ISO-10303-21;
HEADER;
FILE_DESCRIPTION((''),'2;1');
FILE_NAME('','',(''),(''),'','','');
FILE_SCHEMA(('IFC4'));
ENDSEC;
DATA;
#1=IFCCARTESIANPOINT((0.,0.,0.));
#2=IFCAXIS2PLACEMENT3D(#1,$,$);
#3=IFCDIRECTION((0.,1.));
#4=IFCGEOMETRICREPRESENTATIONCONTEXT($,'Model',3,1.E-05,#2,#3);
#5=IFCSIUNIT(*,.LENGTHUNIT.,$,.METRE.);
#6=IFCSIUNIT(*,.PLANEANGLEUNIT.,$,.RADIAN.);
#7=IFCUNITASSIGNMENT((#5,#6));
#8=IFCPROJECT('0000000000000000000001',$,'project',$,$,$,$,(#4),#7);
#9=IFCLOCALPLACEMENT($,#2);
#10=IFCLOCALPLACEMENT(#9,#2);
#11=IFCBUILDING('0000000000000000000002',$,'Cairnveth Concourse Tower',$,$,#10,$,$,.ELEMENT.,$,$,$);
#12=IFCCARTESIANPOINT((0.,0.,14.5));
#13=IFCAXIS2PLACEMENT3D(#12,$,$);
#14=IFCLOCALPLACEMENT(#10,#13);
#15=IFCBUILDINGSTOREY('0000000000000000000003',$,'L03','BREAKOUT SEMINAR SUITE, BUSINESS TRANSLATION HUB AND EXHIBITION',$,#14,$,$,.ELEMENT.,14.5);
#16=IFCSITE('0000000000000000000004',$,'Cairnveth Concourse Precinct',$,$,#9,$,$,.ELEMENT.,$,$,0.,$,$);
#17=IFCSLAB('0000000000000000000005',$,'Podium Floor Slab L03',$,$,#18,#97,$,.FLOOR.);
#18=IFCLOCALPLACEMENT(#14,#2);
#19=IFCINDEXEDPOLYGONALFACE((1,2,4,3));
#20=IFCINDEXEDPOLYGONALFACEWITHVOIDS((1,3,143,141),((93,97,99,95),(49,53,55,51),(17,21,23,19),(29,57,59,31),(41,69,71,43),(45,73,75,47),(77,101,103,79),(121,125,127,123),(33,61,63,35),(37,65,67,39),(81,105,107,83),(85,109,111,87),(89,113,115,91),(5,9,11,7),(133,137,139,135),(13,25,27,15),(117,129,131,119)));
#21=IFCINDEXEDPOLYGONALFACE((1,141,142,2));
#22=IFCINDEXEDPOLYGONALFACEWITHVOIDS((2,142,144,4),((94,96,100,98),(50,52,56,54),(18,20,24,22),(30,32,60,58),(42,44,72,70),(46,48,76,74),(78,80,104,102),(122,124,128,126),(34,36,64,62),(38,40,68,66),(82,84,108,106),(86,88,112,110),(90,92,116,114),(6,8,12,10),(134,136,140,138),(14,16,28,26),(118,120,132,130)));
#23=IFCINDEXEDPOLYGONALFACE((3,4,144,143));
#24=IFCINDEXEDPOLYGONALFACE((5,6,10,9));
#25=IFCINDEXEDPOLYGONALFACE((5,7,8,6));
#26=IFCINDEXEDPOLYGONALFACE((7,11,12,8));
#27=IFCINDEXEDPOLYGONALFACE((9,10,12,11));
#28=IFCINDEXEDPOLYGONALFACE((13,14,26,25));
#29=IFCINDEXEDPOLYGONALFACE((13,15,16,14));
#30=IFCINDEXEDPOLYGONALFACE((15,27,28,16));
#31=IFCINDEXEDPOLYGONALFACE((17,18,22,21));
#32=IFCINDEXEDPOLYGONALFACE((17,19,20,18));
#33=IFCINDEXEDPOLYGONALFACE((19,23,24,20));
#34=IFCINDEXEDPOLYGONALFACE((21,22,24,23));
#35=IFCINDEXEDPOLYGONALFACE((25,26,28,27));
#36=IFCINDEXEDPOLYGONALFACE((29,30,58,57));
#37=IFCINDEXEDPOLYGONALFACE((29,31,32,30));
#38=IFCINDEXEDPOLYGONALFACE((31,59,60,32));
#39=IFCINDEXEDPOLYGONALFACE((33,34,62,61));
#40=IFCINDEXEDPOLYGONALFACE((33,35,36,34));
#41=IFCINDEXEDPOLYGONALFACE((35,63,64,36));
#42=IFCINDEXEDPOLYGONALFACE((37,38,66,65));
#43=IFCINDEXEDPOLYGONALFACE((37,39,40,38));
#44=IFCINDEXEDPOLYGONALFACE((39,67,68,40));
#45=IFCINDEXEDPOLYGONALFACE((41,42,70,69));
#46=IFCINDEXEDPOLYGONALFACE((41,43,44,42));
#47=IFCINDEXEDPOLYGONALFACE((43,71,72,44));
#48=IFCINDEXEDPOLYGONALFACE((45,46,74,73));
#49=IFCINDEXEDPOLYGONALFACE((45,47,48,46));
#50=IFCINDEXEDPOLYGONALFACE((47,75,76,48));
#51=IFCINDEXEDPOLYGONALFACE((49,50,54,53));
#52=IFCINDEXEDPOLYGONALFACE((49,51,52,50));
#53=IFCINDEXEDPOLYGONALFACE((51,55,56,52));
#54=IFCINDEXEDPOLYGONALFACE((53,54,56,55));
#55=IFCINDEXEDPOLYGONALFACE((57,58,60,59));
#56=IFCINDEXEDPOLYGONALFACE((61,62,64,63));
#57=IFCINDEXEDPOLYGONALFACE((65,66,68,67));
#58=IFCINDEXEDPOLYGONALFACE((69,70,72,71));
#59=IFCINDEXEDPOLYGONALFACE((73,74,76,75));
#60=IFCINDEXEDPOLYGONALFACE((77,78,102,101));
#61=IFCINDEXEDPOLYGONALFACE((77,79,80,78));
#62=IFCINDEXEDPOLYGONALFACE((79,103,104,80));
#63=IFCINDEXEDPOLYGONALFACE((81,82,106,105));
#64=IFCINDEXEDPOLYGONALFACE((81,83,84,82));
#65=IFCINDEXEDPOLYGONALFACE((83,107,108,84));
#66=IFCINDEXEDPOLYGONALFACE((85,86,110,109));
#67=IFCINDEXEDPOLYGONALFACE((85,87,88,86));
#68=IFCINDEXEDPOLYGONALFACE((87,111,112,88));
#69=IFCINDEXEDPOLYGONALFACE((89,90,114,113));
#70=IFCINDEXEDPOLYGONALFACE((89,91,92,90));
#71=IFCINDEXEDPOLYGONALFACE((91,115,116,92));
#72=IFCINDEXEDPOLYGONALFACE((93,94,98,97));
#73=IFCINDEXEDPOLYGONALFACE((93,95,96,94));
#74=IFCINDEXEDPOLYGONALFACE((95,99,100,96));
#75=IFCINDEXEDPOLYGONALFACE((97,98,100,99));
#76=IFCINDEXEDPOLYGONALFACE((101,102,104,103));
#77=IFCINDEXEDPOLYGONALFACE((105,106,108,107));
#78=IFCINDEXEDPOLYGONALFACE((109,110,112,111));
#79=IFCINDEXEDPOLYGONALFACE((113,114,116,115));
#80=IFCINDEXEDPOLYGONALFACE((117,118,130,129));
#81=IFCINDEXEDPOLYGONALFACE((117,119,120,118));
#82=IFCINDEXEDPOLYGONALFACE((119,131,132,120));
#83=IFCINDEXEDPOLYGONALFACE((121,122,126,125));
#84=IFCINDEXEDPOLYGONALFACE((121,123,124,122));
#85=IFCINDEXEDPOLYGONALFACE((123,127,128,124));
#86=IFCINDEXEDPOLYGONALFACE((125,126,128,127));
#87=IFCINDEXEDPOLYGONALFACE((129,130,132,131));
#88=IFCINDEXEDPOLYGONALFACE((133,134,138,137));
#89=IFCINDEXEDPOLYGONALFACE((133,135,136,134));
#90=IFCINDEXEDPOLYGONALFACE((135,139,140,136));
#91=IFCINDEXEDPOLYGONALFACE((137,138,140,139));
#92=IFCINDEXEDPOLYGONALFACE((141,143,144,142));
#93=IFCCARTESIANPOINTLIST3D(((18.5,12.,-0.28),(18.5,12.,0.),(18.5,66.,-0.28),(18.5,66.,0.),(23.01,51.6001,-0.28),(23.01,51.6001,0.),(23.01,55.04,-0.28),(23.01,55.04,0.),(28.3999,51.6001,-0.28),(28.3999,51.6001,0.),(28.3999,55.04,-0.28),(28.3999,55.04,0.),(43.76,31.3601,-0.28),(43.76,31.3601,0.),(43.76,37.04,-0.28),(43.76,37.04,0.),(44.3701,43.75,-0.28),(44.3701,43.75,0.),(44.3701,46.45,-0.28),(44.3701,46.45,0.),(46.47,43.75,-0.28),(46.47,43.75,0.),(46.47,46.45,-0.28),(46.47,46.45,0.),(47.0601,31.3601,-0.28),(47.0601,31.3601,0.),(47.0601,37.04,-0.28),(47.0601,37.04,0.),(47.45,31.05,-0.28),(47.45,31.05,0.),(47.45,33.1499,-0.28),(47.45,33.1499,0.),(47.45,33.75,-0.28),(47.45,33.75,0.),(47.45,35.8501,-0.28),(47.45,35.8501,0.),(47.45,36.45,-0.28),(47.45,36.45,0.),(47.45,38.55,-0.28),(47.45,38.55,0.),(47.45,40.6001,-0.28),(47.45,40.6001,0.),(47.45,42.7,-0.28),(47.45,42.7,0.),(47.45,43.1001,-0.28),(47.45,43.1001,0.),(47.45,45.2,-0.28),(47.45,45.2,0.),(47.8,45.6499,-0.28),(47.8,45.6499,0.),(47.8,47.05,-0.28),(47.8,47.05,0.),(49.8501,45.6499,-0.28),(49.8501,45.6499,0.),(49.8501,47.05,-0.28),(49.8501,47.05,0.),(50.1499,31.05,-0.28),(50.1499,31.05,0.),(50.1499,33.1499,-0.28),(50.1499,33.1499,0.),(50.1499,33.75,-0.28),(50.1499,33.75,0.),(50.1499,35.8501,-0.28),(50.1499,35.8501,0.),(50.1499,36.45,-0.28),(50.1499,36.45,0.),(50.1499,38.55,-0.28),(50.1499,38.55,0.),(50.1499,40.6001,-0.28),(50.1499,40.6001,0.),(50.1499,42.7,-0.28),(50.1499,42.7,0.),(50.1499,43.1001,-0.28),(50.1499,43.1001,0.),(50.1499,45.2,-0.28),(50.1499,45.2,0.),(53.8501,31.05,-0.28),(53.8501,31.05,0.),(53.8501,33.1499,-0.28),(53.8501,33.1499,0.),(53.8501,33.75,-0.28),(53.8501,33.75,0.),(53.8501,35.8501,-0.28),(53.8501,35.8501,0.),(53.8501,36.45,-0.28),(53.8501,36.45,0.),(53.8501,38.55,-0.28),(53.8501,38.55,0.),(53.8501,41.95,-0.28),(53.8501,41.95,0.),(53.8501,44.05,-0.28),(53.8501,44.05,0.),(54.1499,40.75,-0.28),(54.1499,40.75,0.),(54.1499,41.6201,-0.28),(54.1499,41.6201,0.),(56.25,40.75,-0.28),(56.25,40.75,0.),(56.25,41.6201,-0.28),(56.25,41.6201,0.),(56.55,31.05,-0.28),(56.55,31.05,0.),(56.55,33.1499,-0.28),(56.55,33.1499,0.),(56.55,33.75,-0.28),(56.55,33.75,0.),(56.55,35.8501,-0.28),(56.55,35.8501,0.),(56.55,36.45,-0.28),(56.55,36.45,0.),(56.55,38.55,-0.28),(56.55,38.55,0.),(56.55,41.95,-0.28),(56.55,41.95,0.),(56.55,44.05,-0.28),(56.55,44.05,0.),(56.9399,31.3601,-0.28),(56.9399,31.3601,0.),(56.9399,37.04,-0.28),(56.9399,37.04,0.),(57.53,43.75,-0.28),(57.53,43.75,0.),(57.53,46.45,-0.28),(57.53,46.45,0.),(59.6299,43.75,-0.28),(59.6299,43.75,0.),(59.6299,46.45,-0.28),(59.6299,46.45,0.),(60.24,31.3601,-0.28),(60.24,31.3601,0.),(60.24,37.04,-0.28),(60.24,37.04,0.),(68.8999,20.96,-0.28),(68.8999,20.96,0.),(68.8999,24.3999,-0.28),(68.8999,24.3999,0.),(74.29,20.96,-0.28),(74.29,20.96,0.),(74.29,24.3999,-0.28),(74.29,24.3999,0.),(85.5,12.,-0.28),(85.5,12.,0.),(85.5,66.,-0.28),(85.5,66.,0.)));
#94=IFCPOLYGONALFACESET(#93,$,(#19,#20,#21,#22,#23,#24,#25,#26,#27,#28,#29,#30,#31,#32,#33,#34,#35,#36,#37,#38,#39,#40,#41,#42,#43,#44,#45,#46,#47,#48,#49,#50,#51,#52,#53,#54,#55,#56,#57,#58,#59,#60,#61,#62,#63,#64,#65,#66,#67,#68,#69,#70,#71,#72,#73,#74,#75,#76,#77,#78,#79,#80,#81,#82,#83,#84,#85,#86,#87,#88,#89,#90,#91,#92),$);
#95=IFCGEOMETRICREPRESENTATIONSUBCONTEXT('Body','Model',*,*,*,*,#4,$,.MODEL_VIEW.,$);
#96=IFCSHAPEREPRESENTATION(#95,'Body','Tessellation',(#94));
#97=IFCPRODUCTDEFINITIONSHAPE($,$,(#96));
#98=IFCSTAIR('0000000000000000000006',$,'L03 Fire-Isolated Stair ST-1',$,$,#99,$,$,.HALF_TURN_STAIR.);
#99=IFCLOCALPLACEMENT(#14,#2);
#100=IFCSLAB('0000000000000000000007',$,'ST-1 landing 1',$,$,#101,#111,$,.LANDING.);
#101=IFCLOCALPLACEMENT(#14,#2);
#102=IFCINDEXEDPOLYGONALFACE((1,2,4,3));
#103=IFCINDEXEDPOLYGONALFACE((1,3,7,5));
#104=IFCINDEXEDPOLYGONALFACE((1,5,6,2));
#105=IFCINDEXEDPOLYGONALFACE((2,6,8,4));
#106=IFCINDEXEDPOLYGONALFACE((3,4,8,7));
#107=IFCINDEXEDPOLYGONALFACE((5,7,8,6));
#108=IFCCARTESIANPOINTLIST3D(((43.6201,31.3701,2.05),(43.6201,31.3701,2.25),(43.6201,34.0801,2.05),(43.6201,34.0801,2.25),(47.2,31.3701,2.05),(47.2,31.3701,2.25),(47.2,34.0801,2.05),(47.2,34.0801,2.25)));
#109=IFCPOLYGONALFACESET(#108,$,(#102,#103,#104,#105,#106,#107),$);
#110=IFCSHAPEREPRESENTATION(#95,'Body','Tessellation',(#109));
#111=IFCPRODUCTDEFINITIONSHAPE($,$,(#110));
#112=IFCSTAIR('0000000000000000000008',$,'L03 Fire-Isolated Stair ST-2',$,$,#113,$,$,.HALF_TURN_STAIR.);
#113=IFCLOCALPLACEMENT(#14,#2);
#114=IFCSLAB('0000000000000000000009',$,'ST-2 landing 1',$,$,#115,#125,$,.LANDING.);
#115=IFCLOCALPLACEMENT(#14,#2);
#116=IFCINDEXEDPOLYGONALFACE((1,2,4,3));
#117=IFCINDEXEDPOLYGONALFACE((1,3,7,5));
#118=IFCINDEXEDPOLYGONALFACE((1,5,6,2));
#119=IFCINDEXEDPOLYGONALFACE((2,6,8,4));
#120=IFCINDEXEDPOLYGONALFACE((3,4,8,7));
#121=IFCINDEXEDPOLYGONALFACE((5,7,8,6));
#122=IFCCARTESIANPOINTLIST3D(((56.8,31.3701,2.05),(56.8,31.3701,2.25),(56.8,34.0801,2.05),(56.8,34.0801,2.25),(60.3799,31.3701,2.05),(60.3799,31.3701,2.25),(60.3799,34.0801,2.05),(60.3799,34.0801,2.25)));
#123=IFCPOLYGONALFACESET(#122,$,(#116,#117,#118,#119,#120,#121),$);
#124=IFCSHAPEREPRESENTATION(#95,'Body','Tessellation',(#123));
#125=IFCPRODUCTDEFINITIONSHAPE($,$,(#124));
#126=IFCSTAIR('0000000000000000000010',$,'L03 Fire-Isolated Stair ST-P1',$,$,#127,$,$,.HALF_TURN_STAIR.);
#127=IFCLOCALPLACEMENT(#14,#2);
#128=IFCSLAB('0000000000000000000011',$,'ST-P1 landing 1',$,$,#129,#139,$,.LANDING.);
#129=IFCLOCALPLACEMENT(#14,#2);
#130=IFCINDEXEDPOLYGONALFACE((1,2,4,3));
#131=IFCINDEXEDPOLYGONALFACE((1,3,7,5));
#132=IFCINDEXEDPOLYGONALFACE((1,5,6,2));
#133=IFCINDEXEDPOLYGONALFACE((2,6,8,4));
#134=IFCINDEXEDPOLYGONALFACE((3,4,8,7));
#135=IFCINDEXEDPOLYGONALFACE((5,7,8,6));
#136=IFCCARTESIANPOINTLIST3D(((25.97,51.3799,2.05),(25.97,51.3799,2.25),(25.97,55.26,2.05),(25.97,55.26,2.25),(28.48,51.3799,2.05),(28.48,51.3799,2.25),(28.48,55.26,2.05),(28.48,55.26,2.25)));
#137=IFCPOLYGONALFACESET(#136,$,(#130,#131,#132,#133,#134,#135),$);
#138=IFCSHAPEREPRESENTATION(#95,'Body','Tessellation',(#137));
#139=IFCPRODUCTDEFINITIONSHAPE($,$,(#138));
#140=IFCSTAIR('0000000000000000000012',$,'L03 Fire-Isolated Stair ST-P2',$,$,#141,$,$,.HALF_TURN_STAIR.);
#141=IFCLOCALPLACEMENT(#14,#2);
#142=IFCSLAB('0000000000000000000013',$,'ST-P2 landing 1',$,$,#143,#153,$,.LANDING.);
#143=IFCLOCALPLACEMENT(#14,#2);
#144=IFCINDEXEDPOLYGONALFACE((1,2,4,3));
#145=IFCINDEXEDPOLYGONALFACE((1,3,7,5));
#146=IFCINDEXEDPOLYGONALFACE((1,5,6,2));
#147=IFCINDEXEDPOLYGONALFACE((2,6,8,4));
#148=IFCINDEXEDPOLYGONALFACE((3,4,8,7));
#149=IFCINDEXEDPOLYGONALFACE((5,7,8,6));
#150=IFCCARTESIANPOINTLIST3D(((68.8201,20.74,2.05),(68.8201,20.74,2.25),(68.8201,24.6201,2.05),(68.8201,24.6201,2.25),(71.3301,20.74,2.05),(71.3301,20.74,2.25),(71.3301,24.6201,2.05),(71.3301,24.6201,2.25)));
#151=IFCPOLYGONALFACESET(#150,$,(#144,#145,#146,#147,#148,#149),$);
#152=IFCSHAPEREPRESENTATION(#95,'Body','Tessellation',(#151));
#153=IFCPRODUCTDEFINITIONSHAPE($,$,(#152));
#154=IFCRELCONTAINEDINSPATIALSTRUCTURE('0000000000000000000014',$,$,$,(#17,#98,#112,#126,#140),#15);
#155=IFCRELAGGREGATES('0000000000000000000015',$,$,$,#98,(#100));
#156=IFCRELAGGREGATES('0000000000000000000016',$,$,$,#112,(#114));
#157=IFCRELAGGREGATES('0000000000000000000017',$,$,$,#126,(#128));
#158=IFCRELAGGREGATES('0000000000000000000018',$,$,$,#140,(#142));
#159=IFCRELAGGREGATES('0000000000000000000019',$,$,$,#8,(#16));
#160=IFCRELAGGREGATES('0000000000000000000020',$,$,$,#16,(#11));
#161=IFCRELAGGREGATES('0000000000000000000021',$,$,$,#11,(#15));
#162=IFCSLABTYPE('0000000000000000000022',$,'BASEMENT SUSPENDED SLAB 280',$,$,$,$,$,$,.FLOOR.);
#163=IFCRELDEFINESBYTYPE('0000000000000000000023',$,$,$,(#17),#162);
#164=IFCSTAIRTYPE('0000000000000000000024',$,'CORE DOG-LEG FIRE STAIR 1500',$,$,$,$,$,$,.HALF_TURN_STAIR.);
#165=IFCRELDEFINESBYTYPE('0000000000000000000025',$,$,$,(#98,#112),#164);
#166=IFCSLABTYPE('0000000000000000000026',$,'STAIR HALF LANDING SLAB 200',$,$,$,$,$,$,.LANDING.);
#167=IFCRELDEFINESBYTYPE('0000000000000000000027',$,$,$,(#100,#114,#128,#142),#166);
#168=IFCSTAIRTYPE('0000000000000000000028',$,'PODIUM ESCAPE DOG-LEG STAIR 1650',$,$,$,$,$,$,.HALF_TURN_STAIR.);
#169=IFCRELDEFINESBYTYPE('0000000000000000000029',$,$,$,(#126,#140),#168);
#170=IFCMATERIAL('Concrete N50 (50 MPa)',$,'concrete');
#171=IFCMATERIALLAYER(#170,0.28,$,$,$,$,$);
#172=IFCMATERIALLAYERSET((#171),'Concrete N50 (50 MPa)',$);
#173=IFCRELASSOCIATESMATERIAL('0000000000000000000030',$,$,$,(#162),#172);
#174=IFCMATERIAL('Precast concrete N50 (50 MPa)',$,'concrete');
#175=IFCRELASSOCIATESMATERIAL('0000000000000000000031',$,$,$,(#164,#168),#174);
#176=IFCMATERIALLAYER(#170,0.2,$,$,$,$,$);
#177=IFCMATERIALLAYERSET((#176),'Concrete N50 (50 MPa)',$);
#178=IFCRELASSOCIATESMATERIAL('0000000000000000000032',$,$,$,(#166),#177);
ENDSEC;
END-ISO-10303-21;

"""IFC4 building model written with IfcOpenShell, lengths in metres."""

from ifc_helpers import new_model, si_unit, direction, frame, origin, place, context, subcontext, project, spatial, polyline, outline, extrude, material, layer, layer_set, type_object, element, aggregate, save


model = new_model("IFC4")

# Units and contexts
model_context = context("Model", 3, precision=1e-05, world=origin(), true_north=direction((0.0, 1.0)))
body_context = subcontext(model_context, "Body", "Model", "MODEL_VIEW")
ifc_project = project(units=[si_unit("LENGTHUNIT", "METRE"), si_unit("PLANEANGLEUNIT", "RADIAN")], contexts=[model_context])

# Site, building, storey
site_placement = place(None, origin())
site = spatial("IfcSite", under=ifc_project, at=site_placement, Name="Cairnveth Concourse Precinct", CompositionType="ELEMENT", RefElevation=0.0)
building_placement = place(site_placement, origin())
building = spatial("IfcBuilding", under=site, at=building_placement, Name="Cairnveth Concourse Tower", CompositionType="ELEMENT")
storey_placement = place(building_placement, frame((0.0, 0.0, 14.5)))
storey = spatial("IfcBuildingStorey", under=building, at=storey_placement, Name="L03", Description="BREAKOUT SEMINAR SUITE, BUSINESS TRANSLATION HUB AND EXHIBITION", CompositionType="ELEMENT", Elevation=14.5)

# Slab
ifc_material_1 = material(Name="Concrete N50 (50 MPa)", Category="concrete")
ifc_layer_1 = layer(ifc_material_1, 0.28)
ifc_layer_set_1 = layer_set([ifc_layer_1], Name="Concrete N50 (50 MPa)")
slab_type_1 = type_object("IfcSlabType", Name="BASEMENT SUSPENDED SLAB 280", PredefinedType="FLOOR", material=ifc_layer_set_1)
slab_1_placement = place(storey_placement, frame((0.0, 0.0, -0.28)))
element("IfcSlab", 1, at=slab_1_placement, inside=storey, type_object=slab_type_1, Name="Podium Floor Slab L03", PredefinedType="FLOOR", context=body_context, shape_type="SweptSolid", body=[
    extrude(outline(polyline([(18.5, 12.0), (85.5, 12.0), (85.5, 66.0), (18.5, 66.0), (18.5, 12.0)]), holes=[polyline([(43.76, 31.3601), (47.0601, 31.3601), (47.0601, 37.04), (43.76, 37.04), (43.76, 31.3601)]), polyline([(56.9399, 31.3601), (60.24, 31.3601), (60.24, 37.04), (56.9399, 37.04), (56.9399, 31.3601)]), polyline([(23.01, 51.6001), (28.3999, 51.6001), (28.3999, 55.04), (23.01, 55.04), (23.01, 51.6001)]), polyline([(74.29, 24.3999), (68.8999, 24.3999), (68.8999, 20.96), (74.29, 20.96), (74.29, 24.3999)]), polyline([(44.3701, 43.75), (46.47, 43.75), (46.47, 46.45), (44.3701, 46.45), (44.3701, 43.75)]), polyline([(57.53, 43.75), (59.6299, 43.75), (59.6299, 46.45), (57.53, 46.45), (57.53, 43.75)]), polyline([(47.45, 31.05), (50.1499, 31.05), (50.1499, 33.1499), (47.45, 33.1499), (47.45, 31.05)]), polyline([(47.45, 33.75), (50.1499, 33.75), (50.1499, 35.8501), (47.45, 35.8501), (47.45, 33.75)]), polyline([(47.45, 36.45), (50.1499, 36.45), (50.1499, 38.55), (47.45, 38.55), (47.45, 36.45)]), polyline([(53.8501, 31.05), (56.55, 31.05), (56.55, 33.1499), (53.8501, 33.1499), (53.8501, 31.05)]), polyline([(53.8501, 33.75), (56.55, 33.75), (56.55, 35.8501), (53.8501, 35.8501), (53.8501, 33.75)]), polyline([(53.8501, 36.45), (56.55, 36.45), (56.55, 38.55), (53.8501, 38.55), (53.8501, 36.45)]), polyline([(47.45, 40.6001), (50.1499, 40.6001), (50.1499, 42.7), (47.45, 42.7), (47.45, 40.6001)]), polyline([(47.45, 43.1001), (50.1499, 43.1001), (50.1499, 45.2), (47.45, 45.2), (47.45, 43.1001)]), polyline([(53.8501, 41.95), (56.55, 41.95), (56.55, 44.05), (53.8501, 44.05), (53.8501, 41.95)]), polyline([(47.8, 45.6499), (49.8501, 45.6499), (49.8501, 47.05), (47.8, 47.05), (47.8, 45.6499)]), polyline([(54.1499, 40.75), (56.25, 40.75), (56.25, 41.6201), (54.1499, 41.6201), (54.1499, 40.75)])]), origin(), (0.0, 0.0, 1.0), 0.28),
])

# Stairs, slabs
ifc_material_2 = material(Name="Precast concrete N50 (50 MPa)", Category="concrete")
stair_type_1 = type_object("IfcStairType", Name="CORE DOG-LEG FIRE STAIR 1500", PredefinedType="HALF_TURN_STAIR", material=ifc_material_2)
stair_1_placement = place(storey_placement, origin())
stair_1 = element("IfcStair", 2, at=stair_1_placement, inside=storey, type_object=stair_type_1, Name="L03 Fire-Isolated Stair ST-1", PredefinedType="HALF_TURN_STAIR")
ifc_layer_2 = layer(ifc_material_1, 0.2)
ifc_layer_set_2 = layer_set([ifc_layer_2], Name="Concrete N50 (50 MPa)")
slab_type_2 = type_object("IfcSlabType", Name="STAIR HALF LANDING SLAB 200", PredefinedType="LANDING", material=ifc_layer_set_2)
slab_2_placement = place(storey_placement, frame((0.0, 0.0, 2.05)))
slab_2 = element("IfcSlab", 3, at=slab_2_placement, type_object=slab_type_2, Name="ST-1 landing 1", PredefinedType="LANDING", context=body_context, shape_type="SweptSolid", body=[
    extrude(outline(polyline([(43.6201, 34.0801), (43.6201, 31.3701), (47.2, 31.3701), (47.2, 34.0801), (43.6201, 34.0801)])), origin(), (0.0, 0.0, 1.0), 0.2),
])
aggregate(stair_1, [slab_2])
stair_2_placement = place(storey_placement, origin())
stair_2 = element("IfcStair", 4, at=stair_2_placement, inside=storey, type_object=stair_type_1, Name="L03 Fire-Isolated Stair ST-2", PredefinedType="HALF_TURN_STAIR")
slab_3_placement = place(storey_placement, frame((0.0, 0.0, 2.05)))
slab_3 = element("IfcSlab", 5, at=slab_3_placement, type_object=slab_type_2, Name="ST-2 landing 1", PredefinedType="LANDING", context=body_context, shape_type="SweptSolid", body=[
    extrude(outline(polyline([(56.8, 34.0801), (56.8, 31.3701), (60.3799, 31.3701), (60.3799, 34.0801), (56.8, 34.0801)])), origin(), (0.0, 0.0, 1.0), 0.2),
])
aggregate(stair_2, [slab_3])
stair_type_2 = type_object("IfcStairType", Name="PODIUM ESCAPE DOG-LEG STAIR 1650", PredefinedType="HALF_TURN_STAIR", material=ifc_material_2)
stair_3_placement = place(storey_placement, origin())
stair_3 = element("IfcStair", 6, at=stair_3_placement, inside=storey, type_object=stair_type_2, Name="L03 Fire-Isolated Stair ST-P1", PredefinedType="HALF_TURN_STAIR")
slab_4_placement = place(storey_placement, frame((0.0, 0.0, 2.05)))
slab_4 = element("IfcSlab", 7, at=slab_4_placement, type_object=slab_type_2, Name="ST-P1 landing 1", PredefinedType="LANDING", context=body_context, shape_type="SweptSolid", body=[
    extrude(outline(polyline([(25.97, 51.3799), (28.48, 51.3799), (28.48, 55.26), (25.97, 55.26), (25.97, 51.3799)])), origin(), (0.0, 0.0, 1.0), 0.2),
])
aggregate(stair_3, [slab_4])
stair_4_placement = place(storey_placement, origin())
stair_4 = element("IfcStair", 8, at=stair_4_placement, inside=storey, type_object=stair_type_2, Name="L03 Fire-Isolated Stair ST-P2", PredefinedType="HALF_TURN_STAIR")
slab_5_placement = place(storey_placement, frame((0.0, 0.0, 2.05)))
slab_5 = element("IfcSlab", 9, at=slab_5_placement, type_object=slab_type_2, Name="ST-P2 landing 1", PredefinedType="LANDING", context=body_context, shape_type="SweptSolid", body=[
    extrude(outline(polyline([(71.3301, 24.6201), (68.8201, 24.6201), (68.8201, 20.74), (71.3301, 20.74), (71.3301, 24.6201)])), origin(), (0.0, 0.0, 1.0), 0.2),
])
aggregate(stair_4, [slab_5])

save(model, "model.ifc")
